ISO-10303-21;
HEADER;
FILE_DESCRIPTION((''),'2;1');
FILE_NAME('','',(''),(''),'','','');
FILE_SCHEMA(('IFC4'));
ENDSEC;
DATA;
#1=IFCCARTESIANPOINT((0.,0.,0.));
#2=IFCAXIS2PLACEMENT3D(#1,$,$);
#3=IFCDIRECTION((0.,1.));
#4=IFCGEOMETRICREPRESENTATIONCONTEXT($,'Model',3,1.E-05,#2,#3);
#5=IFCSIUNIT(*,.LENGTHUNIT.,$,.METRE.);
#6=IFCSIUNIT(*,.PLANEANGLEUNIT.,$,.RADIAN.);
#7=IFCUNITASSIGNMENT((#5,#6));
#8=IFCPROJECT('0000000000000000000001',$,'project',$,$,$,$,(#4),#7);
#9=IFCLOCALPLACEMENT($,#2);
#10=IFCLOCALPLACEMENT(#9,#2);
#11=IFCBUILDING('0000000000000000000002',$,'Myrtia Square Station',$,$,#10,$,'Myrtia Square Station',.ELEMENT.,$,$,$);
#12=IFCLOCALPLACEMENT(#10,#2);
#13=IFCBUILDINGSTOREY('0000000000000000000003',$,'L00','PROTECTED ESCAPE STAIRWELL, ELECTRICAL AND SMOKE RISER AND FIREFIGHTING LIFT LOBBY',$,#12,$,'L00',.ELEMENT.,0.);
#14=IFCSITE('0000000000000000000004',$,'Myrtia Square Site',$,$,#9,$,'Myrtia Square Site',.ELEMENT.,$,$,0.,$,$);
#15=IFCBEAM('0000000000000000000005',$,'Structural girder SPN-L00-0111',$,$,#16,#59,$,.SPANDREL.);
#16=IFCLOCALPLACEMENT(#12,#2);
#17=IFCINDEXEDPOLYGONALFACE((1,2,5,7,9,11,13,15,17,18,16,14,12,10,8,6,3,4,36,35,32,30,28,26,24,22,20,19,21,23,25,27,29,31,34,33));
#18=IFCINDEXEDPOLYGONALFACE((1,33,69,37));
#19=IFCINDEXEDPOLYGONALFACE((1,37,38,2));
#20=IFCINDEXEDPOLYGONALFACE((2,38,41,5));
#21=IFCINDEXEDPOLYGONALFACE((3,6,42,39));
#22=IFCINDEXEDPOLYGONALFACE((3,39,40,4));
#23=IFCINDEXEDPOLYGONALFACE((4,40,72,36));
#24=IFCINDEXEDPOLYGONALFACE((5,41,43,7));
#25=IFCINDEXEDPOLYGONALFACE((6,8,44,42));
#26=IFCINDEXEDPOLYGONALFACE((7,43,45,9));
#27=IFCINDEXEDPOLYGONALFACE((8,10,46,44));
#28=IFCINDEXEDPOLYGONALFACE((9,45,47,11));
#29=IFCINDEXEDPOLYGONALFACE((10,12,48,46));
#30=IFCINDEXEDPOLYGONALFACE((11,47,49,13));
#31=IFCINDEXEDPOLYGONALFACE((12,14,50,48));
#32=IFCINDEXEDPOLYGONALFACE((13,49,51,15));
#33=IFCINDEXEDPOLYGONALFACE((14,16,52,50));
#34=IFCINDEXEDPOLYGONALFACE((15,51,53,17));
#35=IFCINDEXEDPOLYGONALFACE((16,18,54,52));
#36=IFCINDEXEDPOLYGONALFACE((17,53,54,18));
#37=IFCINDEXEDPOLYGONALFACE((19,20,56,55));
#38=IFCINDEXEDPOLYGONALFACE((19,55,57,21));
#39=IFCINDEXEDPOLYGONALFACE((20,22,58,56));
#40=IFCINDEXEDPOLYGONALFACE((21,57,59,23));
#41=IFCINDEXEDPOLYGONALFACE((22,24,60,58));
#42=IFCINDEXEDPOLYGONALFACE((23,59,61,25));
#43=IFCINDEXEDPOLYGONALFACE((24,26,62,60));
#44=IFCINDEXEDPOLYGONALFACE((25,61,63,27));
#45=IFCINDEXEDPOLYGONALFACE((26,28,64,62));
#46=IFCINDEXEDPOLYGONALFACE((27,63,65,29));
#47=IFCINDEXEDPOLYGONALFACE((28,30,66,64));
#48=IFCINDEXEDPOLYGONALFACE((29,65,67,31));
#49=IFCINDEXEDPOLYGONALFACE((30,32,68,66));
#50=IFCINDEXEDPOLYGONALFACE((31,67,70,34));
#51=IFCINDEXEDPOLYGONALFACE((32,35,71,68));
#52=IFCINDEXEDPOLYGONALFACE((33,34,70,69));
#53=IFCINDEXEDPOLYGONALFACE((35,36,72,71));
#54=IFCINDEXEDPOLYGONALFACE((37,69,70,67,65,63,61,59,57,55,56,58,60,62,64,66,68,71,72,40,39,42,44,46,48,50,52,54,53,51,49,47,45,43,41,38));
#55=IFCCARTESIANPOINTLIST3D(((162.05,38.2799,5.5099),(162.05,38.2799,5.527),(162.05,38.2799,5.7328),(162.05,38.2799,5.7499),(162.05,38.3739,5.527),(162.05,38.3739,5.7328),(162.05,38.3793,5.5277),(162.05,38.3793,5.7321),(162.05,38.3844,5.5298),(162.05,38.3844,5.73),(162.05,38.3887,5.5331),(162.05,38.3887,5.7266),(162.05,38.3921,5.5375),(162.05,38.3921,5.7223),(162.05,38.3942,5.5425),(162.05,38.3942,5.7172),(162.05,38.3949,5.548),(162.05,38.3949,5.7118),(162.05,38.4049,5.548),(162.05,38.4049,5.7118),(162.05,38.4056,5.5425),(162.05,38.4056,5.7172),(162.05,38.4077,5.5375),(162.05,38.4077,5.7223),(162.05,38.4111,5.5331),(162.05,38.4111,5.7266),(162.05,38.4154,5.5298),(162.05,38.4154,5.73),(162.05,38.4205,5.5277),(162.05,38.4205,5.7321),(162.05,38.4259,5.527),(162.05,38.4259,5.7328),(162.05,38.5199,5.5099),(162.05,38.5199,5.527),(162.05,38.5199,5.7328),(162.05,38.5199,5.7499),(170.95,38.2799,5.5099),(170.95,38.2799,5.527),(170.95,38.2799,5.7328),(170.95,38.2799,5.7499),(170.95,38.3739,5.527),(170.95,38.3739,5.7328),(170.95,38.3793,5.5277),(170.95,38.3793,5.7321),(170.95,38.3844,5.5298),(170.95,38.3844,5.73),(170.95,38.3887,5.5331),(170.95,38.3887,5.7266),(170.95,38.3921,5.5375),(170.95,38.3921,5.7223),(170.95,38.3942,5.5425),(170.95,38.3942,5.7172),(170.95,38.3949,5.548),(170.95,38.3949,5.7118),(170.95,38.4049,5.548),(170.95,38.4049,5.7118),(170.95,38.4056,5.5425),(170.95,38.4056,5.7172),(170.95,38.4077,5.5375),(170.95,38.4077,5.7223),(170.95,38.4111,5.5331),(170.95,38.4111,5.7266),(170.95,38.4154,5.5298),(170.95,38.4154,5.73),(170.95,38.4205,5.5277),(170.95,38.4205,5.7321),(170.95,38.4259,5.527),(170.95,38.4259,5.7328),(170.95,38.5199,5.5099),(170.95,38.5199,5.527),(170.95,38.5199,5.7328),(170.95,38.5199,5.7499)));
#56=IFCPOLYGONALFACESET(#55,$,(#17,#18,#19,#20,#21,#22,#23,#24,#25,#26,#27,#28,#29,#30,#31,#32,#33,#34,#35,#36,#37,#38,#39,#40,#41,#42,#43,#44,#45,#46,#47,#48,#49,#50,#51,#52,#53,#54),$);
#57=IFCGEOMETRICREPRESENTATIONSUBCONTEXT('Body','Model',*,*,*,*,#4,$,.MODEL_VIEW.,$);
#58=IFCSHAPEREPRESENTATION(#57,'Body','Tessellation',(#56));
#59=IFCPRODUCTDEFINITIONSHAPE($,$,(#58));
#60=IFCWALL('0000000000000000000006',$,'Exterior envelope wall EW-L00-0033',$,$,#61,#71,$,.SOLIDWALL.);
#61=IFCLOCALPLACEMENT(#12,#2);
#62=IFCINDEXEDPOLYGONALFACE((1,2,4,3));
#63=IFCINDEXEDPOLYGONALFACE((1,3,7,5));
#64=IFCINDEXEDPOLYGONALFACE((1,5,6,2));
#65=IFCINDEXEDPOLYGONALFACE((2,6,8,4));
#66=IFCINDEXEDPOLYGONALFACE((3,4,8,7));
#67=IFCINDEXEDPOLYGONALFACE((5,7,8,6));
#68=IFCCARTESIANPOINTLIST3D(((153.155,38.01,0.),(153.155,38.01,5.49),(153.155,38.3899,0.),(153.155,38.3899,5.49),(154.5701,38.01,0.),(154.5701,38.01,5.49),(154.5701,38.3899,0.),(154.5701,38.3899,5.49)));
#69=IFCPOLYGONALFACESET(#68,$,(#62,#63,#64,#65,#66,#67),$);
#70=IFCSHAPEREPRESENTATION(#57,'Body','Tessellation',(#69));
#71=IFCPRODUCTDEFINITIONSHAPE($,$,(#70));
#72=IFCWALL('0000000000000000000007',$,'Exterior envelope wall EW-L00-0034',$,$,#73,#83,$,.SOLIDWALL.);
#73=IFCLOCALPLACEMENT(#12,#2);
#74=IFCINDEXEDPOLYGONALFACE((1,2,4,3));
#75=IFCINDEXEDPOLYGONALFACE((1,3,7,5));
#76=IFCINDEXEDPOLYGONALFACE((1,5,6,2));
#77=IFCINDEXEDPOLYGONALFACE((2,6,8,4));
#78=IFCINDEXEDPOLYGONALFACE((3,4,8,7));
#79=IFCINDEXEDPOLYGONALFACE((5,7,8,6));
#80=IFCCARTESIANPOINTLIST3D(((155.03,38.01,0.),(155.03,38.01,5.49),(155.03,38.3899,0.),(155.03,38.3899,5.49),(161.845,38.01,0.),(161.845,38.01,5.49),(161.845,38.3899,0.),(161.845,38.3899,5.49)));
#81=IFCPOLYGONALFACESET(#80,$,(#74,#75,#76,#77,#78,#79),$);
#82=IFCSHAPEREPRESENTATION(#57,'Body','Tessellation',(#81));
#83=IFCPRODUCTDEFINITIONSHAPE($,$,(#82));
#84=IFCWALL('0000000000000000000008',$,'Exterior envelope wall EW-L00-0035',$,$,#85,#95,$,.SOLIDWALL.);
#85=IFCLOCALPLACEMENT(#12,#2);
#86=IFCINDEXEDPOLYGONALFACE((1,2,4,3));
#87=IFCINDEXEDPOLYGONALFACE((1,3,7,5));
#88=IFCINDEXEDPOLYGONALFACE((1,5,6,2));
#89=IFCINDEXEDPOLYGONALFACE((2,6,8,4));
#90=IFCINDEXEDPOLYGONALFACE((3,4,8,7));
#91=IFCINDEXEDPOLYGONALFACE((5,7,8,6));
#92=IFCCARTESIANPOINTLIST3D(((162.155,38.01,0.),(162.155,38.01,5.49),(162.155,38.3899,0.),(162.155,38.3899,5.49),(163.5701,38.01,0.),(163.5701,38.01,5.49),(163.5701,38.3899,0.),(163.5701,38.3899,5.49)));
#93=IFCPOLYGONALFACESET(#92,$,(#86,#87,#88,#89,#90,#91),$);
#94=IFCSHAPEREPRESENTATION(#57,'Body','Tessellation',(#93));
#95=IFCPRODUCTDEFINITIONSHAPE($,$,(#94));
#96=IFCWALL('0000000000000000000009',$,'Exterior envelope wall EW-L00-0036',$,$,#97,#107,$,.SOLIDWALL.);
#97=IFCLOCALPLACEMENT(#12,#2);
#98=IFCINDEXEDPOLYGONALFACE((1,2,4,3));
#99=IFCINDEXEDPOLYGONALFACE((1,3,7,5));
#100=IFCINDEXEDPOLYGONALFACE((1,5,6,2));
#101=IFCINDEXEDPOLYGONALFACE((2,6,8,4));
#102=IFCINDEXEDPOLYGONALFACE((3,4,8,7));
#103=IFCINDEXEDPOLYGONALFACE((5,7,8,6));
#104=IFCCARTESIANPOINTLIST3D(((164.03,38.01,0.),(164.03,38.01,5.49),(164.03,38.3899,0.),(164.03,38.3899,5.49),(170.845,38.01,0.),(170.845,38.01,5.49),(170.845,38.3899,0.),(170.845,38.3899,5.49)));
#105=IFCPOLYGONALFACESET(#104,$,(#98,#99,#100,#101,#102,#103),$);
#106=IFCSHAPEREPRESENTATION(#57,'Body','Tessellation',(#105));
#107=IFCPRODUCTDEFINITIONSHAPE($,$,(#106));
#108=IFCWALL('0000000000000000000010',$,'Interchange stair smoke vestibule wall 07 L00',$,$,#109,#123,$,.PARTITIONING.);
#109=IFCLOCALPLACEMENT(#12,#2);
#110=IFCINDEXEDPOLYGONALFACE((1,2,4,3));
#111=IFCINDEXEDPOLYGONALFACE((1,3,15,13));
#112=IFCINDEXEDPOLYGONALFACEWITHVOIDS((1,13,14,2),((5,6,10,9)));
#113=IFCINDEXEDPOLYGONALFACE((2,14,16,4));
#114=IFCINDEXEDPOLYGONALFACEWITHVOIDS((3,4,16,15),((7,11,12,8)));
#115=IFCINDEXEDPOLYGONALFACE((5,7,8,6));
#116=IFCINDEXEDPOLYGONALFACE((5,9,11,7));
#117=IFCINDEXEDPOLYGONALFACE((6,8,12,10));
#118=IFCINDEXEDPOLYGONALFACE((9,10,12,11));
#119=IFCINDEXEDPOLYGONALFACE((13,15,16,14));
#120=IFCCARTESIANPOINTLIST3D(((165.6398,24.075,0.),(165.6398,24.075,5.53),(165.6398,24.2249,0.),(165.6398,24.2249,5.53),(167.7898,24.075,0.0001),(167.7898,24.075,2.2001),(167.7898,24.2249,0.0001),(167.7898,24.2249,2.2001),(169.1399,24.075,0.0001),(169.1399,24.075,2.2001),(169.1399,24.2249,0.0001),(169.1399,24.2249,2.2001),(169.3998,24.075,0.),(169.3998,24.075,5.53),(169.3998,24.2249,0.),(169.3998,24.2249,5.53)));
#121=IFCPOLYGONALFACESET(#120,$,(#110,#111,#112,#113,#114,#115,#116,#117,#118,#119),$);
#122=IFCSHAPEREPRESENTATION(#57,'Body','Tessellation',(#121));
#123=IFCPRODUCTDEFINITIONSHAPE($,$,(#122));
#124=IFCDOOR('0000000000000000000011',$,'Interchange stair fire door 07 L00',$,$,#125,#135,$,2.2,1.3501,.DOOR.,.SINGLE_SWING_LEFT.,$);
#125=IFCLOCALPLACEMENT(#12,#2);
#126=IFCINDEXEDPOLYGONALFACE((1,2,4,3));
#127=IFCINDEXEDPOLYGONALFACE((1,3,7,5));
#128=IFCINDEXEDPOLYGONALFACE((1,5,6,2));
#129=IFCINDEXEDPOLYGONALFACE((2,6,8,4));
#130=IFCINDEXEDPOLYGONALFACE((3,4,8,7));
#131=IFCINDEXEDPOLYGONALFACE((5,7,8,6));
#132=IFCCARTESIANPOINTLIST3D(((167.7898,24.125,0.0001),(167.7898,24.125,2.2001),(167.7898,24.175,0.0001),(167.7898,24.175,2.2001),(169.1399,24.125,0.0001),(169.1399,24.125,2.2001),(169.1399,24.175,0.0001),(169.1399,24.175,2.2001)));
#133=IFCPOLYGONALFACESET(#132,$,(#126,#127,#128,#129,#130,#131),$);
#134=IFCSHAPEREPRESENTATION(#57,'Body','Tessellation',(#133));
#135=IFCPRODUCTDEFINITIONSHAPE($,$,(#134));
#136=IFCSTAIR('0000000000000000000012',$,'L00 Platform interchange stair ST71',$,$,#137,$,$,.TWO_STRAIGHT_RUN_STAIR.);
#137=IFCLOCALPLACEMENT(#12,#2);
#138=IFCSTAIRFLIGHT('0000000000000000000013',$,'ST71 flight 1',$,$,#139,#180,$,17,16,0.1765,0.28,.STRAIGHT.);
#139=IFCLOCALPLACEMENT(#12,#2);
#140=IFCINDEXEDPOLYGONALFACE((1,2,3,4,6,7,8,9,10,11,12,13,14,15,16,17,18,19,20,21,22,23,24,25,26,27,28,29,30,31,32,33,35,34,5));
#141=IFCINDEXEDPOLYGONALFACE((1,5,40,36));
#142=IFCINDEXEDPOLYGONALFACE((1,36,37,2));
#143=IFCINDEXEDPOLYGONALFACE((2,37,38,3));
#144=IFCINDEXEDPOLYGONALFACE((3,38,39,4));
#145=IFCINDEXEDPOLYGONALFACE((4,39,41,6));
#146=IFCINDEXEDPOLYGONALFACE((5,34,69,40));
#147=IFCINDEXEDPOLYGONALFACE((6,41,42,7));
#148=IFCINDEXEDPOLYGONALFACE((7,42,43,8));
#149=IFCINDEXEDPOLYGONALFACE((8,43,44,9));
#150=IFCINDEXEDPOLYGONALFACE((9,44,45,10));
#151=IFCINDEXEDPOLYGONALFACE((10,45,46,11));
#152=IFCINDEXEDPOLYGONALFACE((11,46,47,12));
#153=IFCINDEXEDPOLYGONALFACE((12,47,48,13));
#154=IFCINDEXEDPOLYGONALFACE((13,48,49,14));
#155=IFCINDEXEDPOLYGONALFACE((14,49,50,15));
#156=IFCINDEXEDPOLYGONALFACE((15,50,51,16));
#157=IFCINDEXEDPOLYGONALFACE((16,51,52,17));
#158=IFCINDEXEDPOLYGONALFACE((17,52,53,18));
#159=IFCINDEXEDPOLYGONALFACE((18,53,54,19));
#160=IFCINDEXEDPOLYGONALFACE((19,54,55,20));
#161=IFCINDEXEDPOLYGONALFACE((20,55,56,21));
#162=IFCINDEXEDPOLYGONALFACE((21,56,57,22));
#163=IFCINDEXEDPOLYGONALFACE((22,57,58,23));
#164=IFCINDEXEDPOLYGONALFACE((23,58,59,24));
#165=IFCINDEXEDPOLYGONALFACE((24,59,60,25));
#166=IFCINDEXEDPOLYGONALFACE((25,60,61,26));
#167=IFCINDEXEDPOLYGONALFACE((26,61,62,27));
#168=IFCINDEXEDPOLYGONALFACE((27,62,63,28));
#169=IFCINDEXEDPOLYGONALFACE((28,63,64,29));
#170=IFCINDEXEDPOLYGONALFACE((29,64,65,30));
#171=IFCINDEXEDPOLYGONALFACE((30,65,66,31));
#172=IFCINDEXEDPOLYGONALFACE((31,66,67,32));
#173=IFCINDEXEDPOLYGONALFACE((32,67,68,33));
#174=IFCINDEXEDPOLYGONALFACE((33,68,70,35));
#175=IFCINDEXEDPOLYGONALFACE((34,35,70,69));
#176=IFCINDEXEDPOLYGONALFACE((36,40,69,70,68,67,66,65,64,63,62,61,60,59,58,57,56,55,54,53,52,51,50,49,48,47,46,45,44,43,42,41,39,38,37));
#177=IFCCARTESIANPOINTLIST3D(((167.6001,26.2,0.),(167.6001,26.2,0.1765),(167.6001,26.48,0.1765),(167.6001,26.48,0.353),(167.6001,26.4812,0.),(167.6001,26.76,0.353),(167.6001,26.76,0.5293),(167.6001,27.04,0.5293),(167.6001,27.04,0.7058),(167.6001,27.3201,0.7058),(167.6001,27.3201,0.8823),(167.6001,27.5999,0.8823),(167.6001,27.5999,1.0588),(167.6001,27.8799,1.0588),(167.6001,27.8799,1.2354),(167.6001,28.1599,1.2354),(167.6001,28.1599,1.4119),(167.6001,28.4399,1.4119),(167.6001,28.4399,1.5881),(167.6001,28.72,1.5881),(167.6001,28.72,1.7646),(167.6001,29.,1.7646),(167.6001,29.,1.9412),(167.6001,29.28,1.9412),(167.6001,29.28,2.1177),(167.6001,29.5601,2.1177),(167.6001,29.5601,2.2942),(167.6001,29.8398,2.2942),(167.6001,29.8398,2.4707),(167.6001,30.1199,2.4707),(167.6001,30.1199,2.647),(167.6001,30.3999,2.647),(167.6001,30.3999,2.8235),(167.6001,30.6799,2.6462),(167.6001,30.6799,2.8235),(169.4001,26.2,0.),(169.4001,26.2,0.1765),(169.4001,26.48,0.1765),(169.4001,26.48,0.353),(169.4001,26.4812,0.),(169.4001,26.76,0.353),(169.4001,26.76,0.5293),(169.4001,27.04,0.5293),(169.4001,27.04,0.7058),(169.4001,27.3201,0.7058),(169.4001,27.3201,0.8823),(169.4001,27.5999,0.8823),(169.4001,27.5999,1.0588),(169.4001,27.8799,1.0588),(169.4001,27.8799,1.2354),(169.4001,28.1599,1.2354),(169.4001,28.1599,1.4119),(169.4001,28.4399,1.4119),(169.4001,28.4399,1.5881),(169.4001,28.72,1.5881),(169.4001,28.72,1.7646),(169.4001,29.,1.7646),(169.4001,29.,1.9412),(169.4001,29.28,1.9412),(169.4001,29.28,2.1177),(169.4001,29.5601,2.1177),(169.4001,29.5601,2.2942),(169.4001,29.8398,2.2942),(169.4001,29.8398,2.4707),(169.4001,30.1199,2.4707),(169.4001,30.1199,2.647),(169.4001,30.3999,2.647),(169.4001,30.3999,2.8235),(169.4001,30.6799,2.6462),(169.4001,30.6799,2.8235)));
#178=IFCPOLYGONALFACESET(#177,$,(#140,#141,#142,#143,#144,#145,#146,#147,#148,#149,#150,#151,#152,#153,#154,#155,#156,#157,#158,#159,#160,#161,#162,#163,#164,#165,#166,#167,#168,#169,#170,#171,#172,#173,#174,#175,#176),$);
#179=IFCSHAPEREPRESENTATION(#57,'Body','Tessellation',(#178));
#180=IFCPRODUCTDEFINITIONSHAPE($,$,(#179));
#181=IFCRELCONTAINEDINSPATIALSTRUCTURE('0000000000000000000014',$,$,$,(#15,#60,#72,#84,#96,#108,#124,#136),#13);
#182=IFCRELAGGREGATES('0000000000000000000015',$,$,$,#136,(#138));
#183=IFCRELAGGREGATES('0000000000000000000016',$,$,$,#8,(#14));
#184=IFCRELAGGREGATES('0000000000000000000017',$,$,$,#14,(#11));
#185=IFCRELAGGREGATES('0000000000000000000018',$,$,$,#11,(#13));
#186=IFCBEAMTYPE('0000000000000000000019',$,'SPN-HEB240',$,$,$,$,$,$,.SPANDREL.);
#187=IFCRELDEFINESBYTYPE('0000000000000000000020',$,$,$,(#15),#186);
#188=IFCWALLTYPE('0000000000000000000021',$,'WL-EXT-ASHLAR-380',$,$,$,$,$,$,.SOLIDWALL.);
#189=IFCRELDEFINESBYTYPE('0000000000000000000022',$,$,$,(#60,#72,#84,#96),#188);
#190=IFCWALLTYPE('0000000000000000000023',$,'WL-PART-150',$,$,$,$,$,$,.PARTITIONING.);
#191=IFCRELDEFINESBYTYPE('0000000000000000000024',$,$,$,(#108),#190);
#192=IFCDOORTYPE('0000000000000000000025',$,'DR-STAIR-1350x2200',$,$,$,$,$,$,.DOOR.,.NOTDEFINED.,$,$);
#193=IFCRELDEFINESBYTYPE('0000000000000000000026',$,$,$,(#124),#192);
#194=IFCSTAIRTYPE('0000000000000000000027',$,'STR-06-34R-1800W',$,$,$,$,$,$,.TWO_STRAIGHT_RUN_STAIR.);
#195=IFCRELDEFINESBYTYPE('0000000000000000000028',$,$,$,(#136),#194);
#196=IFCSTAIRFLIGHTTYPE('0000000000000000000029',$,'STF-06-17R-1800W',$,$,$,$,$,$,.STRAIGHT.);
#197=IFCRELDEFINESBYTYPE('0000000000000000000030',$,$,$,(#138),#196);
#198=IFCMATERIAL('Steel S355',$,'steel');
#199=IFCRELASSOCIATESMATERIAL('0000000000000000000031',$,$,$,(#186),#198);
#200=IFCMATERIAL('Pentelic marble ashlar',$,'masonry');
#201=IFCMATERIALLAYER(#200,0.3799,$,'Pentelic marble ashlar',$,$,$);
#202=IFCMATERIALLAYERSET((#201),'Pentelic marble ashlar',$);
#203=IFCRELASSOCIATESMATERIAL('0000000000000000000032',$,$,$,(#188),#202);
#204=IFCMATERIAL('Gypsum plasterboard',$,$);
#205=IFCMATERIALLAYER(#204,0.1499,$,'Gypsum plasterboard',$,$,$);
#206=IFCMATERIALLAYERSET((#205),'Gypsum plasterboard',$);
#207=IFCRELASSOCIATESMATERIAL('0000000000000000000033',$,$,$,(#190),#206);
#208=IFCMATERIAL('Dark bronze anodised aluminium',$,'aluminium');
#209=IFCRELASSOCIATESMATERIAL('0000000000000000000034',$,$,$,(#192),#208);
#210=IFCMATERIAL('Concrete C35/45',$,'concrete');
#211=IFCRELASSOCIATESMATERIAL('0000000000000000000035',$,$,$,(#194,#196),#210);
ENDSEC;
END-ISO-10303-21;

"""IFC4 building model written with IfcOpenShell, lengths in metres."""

from ifc_helpers import new_model, si_unit, direction, frame, frame_2d, origin, origin_2d, place, context, subcontext, project, spatial, polyline, rectangle, i_section, outline, extrude, material, layer, layer_set, material_profile, profile_set, type_object, element, fill, aggregate, save


model = new_model("IFC4")

# Units and contexts
model_context = context("Model", 3, precision=1e-05, world=origin(), true_north=direction((0.0, 1.0)))
body_context = subcontext(model_context, "Body", "Model", "MODEL_VIEW")
ifc_project = project(units=[si_unit("LENGTHUNIT", "METRE"), si_unit("PLANEANGLEUNIT", "RADIAN")], contexts=[model_context])

# Site, building, storey
site_placement = place(None, origin())
site = spatial("IfcSite", under=ifc_project, at=site_placement, Name="Myrtia Square Site", LongName="Myrtia Square Site", CompositionType="ELEMENT", RefElevation=0.0)
building_placement = place(site_placement, origin())
building = spatial("IfcBuilding", under=site, at=building_placement, Name="Myrtia Square Station", LongName="Myrtia Square Station", CompositionType="ELEMENT")
storey_placement = place(building_placement, origin())
storey = spatial("IfcBuildingStorey", under=building, at=storey_placement, Name="L00", Description="PROTECTED ESCAPE STAIRWELL, ELECTRICAL AND SMOKE RISER AND FIREFIGHTING LIFT LOBBY", LongName="L00", CompositionType="ELEMENT", Elevation=0.0)

# Shared definitions
ifc_material_1 = material(Name="Steel S355", Category="steel")

# Beam
ifc_material_profile_1 = material_profile(ifc_material_1, i_section(OverallWidth=0.24, OverallDepth=0.24, WebThickness=0.01, FlangeThickness=0.0171, FilletRadius=0.021, at=origin_2d()), Name="HEB 240")
ifc_profile_set_1 = profile_set([ifc_material_profile_1], Name="Steel S355")
beam_type_1 = type_object("IfcBeamType", Name="SPN-HEB240", PredefinedType="SPANDREL", material=ifc_profile_set_1)
for number, where, z_axis, x_axis, name in (
    (1, (162.05, 38.3999, 5.6299), (1.0, 0.0, 0.0), (0.0, 1.0, 0.0), "Structural girder SPN-L00-0111"),
):
    element("IfcBeam", number, at=place(storey_placement, frame(where, z_axis=z_axis, x_axis=x_axis)), inside=storey, type_object=beam_type_1, Name=name, PredefinedType="SPANDREL", context=body_context, shape_type="SweptSolid", body=[
        extrude(i_section(OverallWidth=0.24, OverallDepth=0.24, WebThickness=0.01, FlangeThickness=0.0171, FilletRadius=0.021, at=origin_2d()), origin(), (0.0, 0.0, 1.0), 8.8999),
    ])

# Walls
ifc_material_2 = material(Name="Pentelic marble ashlar", Category="masonry")
ifc_layer_1 = layer(ifc_material_2, 0.3799, Name="Pentelic marble ashlar")
ifc_layer_set_1 = layer_set([ifc_layer_1], Name="Pentelic marble ashlar")
wall_type_1 = type_object("IfcWallType", Name="WL-EXT-ASHLAR-380", PredefinedType="SOLIDWALL", material=ifc_layer_set_1)
wall_1_placement = place(storey_placement, frame((153.155, 38.2, 0.0), z_axis=(0.0, 0.0, 1.0), x_axis=(1.0, 0.0, 0.0)))
element("IfcWall", 2, at=wall_1_placement, inside=storey, type_object=wall_type_1, Name="Exterior envelope wall EW-L00-0033", PredefinedType="SOLIDWALL", context=body_context, shape_type="SweptSolid", body=[
    extrude(rectangle(XDim=1.415, YDim=0.3799, at=frame_2d((0.7075, 0.0))), origin(), (0.0, 0.0, 1.0), 5.49),
])
wall_2_placement = place(storey_placement, frame((155.03, 38.2, 0.0), z_axis=(0.0, 0.0, 1.0), x_axis=(1.0, 0.0, 0.0)))
element("IfcWall", 3, at=wall_2_placement, inside=storey, type_object=wall_type_1, Name="Exterior envelope wall EW-L00-0034", PredefinedType="SOLIDWALL", context=body_context, shape_type="SweptSolid", body=[
    extrude(rectangle(XDim=6.8149, YDim=0.3799, at=frame_2d((3.4075, 0.0))), origin(), (0.0, 0.0, 1.0), 5.49),
])
wall_3_placement = place(storey_placement, frame((162.155, 38.2, 0.0), z_axis=(0.0, 0.0, 1.0), x_axis=(1.0, 0.0, 0.0)))
element("IfcWall", 4, at=wall_3_placement, inside=storey, type_object=wall_type_1, Name="Exterior envelope wall EW-L00-0035", PredefinedType="SOLIDWALL", context=body_context, shape_type="SweptSolid", body=[
    extrude(rectangle(XDim=1.415, YDim=0.3799, at=frame_2d((0.7075, 0.0))), origin(), (0.0, 0.0, 1.0), 5.49),
])
wall_4_placement = place(storey_placement, frame((164.03, 38.2, 0.0), z_axis=(0.0, 0.0, 1.0), x_axis=(1.0, 0.0, 0.0)))
element("IfcWall", 5, at=wall_4_placement, inside=storey, type_object=wall_type_1, Name="Exterior envelope wall EW-L00-0036", PredefinedType="SOLIDWALL", context=body_context, shape_type="SweptSolid", body=[
    extrude(rectangle(XDim=6.8149, YDim=0.3799, at=frame_2d((3.4075, 0.0))), origin(), (0.0, 0.0, 1.0), 5.49),
])

# Wall, opening, door
ifc_material_3 = material(Name="Gypsum plasterboard")
ifc_layer_2 = layer(ifc_material_3, 0.1499, Name="Gypsum plasterboard")
ifc_layer_set_2 = layer_set([ifc_layer_2], Name="Gypsum plasterboard")
wall_type_2 = type_object("IfcWallType", Name="WL-PART-150", PredefinedType="PARTITIONING", material=ifc_layer_set_2)
wall_5_placement = place(storey_placement, frame((165.6399, 24.1499, 0.0), z_axis=(0.0, 0.0, 1.0), x_axis=(1.0, 0.0, 0.0)))
wall_5 = element("IfcWall", 6, at=wall_5_placement, inside=storey, type_object=wall_type_2, Name="Interchange stair smoke vestibule wall 07 L00", PredefinedType="PARTITIONING", context=body_context, shape_type="SweptSolid", body=[
    extrude(rectangle(XDim=3.76, YDim=0.1499, at=frame_2d((1.8799, 0.0))), origin(), (0.0, 0.0, 1.0), 5.53),
])
opening_placement = place(wall_5_placement, frame((2.1499, 0.0, 0.0)))
opening = element("IfcOpeningElement", 7, at=opening_placement, cuts=wall_5, PredefinedType="OPENING", context=body_context, shape_type="SweptSolid", body=[
    extrude(rectangle(XDim=1.3501, YDim=2.2, at=frame_2d((0.675, 1.1001))), frame((0.0, 0.0898, 0.0), z_axis=(0.0, -1.0, 0.0), x_axis=(1.0, 0.0, 0.0)), (0.0, 0.0, 1.0), 0.1799),
])
ifc_material_4 = material(Name="Dark bronze anodised aluminium", Category="aluminium")
door_type = type_object("IfcDoorType", Name="DR-STAIR-1350x2200", OperationType="NOTDEFINED", PredefinedType="DOOR", material=ifc_material_4)
door_placement = place(opening_placement, frame((1.3501, 0.0, 0.0), z_axis=(0.0, 0.0, 1.0), x_axis=(-1.0, 0.0, 0.0)))
door = element("IfcDoor", 8, at=door_placement, inside=storey, type_object=door_type, Name="Interchange stair fire door 07 L00", OperationType="SINGLE_SWING_LEFT", OverallHeight=2.2, OverallWidth=1.3501, PredefinedType="DOOR", context=body_context, shape_type="SweptSolid", body=[
    extrude(rectangle(XDim=1.3501, YDim=2.2, at=frame_2d((0.675, 1.1001))), frame((0.0, 0.0249, 0.0), z_axis=(0.0, -1.0, 0.0), x_axis=(1.0, 0.0, 0.0)), (0.0, 0.0, 1.0), 0.05),
])
fill(opening, door)

# Stair, stair flight
ifc_material_5 = material(Name="Concrete C35/45", Category="concrete")
stair_type = type_object("IfcStairType", Name="STR-06-34R-1800W", PredefinedType="TWO_STRAIGHT_RUN_STAIR", material=ifc_material_5)
stair_placement = place(storey_placement, origin())
stair = element("IfcStair", 9, at=stair_placement, inside=storey, type_object=stair_type, Name="L00 Platform interchange stair ST71", PredefinedType="TWO_STRAIGHT_RUN_STAIR")
stair_flight_type = type_object("IfcStairFlightType", Name="STF-06-17R-1800W", PredefinedType="STRAIGHT", material=ifc_material_5)
stair_flight_1_placement = place(storey_placement, frame((168.5, 26.2, 0.0), z_axis=(0.0, 0.0, 1.0), x_axis=(0.0, 1.0, 0.0)))
stair_flight_1 = element("IfcStairFlight", 10, at=stair_flight_1_placement, type_object=stair_flight_type, Name="ST71 flight 1", NumberOfRisers=17, NumberOfTreads=16, PredefinedType="STRAIGHT", RiserHeight=0.1765, TreadLength=0.28, context=body_context, shape_type="SweptSolid", body=[
    extrude(outline(polyline([(0.0, 0.0), (0.0, 0.1765), (0.28, 0.1765), (0.28, 0.353), (0.5601, 0.353), (0.5601, 0.5293), (0.8401, 0.5293), (0.8401, 0.7058), (1.1201, 0.7058), (1.1201, 0.8823), (1.3999, 0.8823), (1.3999, 1.0588), (1.6799, 1.0588), (1.6799, 1.2354), (1.96, 1.2354), (1.96, 1.4119), (2.24, 1.4119), (2.24, 1.5881), (2.52, 1.5881), (2.52, 1.7646), (2.8, 1.7646), (2.8, 1.9412), (3.0801, 1.9412), (3.0801, 2.1177), (3.3601, 2.1177), (3.3601, 2.2942), (3.6399, 2.2942), (3.6399, 2.4707), (3.9199, 2.4707), (3.9199, 2.647), (4.2, 2.647), (4.2, 2.8235), (4.48, 2.8235), (4.48, 3.0), (4.48, 2.6462), (0.2812, 0.0), (0.0, 0.0)])), frame((0.0, 0.8999, 0.0), z_axis=(0.0, -1.0, 0.0), x_axis=(1.0, 0.0, 0.0)), (0.0, 0.0, 1.0), 1.8),
])
aggregate(stair, [stair_flight_1])

save(model, "model.ifc")
